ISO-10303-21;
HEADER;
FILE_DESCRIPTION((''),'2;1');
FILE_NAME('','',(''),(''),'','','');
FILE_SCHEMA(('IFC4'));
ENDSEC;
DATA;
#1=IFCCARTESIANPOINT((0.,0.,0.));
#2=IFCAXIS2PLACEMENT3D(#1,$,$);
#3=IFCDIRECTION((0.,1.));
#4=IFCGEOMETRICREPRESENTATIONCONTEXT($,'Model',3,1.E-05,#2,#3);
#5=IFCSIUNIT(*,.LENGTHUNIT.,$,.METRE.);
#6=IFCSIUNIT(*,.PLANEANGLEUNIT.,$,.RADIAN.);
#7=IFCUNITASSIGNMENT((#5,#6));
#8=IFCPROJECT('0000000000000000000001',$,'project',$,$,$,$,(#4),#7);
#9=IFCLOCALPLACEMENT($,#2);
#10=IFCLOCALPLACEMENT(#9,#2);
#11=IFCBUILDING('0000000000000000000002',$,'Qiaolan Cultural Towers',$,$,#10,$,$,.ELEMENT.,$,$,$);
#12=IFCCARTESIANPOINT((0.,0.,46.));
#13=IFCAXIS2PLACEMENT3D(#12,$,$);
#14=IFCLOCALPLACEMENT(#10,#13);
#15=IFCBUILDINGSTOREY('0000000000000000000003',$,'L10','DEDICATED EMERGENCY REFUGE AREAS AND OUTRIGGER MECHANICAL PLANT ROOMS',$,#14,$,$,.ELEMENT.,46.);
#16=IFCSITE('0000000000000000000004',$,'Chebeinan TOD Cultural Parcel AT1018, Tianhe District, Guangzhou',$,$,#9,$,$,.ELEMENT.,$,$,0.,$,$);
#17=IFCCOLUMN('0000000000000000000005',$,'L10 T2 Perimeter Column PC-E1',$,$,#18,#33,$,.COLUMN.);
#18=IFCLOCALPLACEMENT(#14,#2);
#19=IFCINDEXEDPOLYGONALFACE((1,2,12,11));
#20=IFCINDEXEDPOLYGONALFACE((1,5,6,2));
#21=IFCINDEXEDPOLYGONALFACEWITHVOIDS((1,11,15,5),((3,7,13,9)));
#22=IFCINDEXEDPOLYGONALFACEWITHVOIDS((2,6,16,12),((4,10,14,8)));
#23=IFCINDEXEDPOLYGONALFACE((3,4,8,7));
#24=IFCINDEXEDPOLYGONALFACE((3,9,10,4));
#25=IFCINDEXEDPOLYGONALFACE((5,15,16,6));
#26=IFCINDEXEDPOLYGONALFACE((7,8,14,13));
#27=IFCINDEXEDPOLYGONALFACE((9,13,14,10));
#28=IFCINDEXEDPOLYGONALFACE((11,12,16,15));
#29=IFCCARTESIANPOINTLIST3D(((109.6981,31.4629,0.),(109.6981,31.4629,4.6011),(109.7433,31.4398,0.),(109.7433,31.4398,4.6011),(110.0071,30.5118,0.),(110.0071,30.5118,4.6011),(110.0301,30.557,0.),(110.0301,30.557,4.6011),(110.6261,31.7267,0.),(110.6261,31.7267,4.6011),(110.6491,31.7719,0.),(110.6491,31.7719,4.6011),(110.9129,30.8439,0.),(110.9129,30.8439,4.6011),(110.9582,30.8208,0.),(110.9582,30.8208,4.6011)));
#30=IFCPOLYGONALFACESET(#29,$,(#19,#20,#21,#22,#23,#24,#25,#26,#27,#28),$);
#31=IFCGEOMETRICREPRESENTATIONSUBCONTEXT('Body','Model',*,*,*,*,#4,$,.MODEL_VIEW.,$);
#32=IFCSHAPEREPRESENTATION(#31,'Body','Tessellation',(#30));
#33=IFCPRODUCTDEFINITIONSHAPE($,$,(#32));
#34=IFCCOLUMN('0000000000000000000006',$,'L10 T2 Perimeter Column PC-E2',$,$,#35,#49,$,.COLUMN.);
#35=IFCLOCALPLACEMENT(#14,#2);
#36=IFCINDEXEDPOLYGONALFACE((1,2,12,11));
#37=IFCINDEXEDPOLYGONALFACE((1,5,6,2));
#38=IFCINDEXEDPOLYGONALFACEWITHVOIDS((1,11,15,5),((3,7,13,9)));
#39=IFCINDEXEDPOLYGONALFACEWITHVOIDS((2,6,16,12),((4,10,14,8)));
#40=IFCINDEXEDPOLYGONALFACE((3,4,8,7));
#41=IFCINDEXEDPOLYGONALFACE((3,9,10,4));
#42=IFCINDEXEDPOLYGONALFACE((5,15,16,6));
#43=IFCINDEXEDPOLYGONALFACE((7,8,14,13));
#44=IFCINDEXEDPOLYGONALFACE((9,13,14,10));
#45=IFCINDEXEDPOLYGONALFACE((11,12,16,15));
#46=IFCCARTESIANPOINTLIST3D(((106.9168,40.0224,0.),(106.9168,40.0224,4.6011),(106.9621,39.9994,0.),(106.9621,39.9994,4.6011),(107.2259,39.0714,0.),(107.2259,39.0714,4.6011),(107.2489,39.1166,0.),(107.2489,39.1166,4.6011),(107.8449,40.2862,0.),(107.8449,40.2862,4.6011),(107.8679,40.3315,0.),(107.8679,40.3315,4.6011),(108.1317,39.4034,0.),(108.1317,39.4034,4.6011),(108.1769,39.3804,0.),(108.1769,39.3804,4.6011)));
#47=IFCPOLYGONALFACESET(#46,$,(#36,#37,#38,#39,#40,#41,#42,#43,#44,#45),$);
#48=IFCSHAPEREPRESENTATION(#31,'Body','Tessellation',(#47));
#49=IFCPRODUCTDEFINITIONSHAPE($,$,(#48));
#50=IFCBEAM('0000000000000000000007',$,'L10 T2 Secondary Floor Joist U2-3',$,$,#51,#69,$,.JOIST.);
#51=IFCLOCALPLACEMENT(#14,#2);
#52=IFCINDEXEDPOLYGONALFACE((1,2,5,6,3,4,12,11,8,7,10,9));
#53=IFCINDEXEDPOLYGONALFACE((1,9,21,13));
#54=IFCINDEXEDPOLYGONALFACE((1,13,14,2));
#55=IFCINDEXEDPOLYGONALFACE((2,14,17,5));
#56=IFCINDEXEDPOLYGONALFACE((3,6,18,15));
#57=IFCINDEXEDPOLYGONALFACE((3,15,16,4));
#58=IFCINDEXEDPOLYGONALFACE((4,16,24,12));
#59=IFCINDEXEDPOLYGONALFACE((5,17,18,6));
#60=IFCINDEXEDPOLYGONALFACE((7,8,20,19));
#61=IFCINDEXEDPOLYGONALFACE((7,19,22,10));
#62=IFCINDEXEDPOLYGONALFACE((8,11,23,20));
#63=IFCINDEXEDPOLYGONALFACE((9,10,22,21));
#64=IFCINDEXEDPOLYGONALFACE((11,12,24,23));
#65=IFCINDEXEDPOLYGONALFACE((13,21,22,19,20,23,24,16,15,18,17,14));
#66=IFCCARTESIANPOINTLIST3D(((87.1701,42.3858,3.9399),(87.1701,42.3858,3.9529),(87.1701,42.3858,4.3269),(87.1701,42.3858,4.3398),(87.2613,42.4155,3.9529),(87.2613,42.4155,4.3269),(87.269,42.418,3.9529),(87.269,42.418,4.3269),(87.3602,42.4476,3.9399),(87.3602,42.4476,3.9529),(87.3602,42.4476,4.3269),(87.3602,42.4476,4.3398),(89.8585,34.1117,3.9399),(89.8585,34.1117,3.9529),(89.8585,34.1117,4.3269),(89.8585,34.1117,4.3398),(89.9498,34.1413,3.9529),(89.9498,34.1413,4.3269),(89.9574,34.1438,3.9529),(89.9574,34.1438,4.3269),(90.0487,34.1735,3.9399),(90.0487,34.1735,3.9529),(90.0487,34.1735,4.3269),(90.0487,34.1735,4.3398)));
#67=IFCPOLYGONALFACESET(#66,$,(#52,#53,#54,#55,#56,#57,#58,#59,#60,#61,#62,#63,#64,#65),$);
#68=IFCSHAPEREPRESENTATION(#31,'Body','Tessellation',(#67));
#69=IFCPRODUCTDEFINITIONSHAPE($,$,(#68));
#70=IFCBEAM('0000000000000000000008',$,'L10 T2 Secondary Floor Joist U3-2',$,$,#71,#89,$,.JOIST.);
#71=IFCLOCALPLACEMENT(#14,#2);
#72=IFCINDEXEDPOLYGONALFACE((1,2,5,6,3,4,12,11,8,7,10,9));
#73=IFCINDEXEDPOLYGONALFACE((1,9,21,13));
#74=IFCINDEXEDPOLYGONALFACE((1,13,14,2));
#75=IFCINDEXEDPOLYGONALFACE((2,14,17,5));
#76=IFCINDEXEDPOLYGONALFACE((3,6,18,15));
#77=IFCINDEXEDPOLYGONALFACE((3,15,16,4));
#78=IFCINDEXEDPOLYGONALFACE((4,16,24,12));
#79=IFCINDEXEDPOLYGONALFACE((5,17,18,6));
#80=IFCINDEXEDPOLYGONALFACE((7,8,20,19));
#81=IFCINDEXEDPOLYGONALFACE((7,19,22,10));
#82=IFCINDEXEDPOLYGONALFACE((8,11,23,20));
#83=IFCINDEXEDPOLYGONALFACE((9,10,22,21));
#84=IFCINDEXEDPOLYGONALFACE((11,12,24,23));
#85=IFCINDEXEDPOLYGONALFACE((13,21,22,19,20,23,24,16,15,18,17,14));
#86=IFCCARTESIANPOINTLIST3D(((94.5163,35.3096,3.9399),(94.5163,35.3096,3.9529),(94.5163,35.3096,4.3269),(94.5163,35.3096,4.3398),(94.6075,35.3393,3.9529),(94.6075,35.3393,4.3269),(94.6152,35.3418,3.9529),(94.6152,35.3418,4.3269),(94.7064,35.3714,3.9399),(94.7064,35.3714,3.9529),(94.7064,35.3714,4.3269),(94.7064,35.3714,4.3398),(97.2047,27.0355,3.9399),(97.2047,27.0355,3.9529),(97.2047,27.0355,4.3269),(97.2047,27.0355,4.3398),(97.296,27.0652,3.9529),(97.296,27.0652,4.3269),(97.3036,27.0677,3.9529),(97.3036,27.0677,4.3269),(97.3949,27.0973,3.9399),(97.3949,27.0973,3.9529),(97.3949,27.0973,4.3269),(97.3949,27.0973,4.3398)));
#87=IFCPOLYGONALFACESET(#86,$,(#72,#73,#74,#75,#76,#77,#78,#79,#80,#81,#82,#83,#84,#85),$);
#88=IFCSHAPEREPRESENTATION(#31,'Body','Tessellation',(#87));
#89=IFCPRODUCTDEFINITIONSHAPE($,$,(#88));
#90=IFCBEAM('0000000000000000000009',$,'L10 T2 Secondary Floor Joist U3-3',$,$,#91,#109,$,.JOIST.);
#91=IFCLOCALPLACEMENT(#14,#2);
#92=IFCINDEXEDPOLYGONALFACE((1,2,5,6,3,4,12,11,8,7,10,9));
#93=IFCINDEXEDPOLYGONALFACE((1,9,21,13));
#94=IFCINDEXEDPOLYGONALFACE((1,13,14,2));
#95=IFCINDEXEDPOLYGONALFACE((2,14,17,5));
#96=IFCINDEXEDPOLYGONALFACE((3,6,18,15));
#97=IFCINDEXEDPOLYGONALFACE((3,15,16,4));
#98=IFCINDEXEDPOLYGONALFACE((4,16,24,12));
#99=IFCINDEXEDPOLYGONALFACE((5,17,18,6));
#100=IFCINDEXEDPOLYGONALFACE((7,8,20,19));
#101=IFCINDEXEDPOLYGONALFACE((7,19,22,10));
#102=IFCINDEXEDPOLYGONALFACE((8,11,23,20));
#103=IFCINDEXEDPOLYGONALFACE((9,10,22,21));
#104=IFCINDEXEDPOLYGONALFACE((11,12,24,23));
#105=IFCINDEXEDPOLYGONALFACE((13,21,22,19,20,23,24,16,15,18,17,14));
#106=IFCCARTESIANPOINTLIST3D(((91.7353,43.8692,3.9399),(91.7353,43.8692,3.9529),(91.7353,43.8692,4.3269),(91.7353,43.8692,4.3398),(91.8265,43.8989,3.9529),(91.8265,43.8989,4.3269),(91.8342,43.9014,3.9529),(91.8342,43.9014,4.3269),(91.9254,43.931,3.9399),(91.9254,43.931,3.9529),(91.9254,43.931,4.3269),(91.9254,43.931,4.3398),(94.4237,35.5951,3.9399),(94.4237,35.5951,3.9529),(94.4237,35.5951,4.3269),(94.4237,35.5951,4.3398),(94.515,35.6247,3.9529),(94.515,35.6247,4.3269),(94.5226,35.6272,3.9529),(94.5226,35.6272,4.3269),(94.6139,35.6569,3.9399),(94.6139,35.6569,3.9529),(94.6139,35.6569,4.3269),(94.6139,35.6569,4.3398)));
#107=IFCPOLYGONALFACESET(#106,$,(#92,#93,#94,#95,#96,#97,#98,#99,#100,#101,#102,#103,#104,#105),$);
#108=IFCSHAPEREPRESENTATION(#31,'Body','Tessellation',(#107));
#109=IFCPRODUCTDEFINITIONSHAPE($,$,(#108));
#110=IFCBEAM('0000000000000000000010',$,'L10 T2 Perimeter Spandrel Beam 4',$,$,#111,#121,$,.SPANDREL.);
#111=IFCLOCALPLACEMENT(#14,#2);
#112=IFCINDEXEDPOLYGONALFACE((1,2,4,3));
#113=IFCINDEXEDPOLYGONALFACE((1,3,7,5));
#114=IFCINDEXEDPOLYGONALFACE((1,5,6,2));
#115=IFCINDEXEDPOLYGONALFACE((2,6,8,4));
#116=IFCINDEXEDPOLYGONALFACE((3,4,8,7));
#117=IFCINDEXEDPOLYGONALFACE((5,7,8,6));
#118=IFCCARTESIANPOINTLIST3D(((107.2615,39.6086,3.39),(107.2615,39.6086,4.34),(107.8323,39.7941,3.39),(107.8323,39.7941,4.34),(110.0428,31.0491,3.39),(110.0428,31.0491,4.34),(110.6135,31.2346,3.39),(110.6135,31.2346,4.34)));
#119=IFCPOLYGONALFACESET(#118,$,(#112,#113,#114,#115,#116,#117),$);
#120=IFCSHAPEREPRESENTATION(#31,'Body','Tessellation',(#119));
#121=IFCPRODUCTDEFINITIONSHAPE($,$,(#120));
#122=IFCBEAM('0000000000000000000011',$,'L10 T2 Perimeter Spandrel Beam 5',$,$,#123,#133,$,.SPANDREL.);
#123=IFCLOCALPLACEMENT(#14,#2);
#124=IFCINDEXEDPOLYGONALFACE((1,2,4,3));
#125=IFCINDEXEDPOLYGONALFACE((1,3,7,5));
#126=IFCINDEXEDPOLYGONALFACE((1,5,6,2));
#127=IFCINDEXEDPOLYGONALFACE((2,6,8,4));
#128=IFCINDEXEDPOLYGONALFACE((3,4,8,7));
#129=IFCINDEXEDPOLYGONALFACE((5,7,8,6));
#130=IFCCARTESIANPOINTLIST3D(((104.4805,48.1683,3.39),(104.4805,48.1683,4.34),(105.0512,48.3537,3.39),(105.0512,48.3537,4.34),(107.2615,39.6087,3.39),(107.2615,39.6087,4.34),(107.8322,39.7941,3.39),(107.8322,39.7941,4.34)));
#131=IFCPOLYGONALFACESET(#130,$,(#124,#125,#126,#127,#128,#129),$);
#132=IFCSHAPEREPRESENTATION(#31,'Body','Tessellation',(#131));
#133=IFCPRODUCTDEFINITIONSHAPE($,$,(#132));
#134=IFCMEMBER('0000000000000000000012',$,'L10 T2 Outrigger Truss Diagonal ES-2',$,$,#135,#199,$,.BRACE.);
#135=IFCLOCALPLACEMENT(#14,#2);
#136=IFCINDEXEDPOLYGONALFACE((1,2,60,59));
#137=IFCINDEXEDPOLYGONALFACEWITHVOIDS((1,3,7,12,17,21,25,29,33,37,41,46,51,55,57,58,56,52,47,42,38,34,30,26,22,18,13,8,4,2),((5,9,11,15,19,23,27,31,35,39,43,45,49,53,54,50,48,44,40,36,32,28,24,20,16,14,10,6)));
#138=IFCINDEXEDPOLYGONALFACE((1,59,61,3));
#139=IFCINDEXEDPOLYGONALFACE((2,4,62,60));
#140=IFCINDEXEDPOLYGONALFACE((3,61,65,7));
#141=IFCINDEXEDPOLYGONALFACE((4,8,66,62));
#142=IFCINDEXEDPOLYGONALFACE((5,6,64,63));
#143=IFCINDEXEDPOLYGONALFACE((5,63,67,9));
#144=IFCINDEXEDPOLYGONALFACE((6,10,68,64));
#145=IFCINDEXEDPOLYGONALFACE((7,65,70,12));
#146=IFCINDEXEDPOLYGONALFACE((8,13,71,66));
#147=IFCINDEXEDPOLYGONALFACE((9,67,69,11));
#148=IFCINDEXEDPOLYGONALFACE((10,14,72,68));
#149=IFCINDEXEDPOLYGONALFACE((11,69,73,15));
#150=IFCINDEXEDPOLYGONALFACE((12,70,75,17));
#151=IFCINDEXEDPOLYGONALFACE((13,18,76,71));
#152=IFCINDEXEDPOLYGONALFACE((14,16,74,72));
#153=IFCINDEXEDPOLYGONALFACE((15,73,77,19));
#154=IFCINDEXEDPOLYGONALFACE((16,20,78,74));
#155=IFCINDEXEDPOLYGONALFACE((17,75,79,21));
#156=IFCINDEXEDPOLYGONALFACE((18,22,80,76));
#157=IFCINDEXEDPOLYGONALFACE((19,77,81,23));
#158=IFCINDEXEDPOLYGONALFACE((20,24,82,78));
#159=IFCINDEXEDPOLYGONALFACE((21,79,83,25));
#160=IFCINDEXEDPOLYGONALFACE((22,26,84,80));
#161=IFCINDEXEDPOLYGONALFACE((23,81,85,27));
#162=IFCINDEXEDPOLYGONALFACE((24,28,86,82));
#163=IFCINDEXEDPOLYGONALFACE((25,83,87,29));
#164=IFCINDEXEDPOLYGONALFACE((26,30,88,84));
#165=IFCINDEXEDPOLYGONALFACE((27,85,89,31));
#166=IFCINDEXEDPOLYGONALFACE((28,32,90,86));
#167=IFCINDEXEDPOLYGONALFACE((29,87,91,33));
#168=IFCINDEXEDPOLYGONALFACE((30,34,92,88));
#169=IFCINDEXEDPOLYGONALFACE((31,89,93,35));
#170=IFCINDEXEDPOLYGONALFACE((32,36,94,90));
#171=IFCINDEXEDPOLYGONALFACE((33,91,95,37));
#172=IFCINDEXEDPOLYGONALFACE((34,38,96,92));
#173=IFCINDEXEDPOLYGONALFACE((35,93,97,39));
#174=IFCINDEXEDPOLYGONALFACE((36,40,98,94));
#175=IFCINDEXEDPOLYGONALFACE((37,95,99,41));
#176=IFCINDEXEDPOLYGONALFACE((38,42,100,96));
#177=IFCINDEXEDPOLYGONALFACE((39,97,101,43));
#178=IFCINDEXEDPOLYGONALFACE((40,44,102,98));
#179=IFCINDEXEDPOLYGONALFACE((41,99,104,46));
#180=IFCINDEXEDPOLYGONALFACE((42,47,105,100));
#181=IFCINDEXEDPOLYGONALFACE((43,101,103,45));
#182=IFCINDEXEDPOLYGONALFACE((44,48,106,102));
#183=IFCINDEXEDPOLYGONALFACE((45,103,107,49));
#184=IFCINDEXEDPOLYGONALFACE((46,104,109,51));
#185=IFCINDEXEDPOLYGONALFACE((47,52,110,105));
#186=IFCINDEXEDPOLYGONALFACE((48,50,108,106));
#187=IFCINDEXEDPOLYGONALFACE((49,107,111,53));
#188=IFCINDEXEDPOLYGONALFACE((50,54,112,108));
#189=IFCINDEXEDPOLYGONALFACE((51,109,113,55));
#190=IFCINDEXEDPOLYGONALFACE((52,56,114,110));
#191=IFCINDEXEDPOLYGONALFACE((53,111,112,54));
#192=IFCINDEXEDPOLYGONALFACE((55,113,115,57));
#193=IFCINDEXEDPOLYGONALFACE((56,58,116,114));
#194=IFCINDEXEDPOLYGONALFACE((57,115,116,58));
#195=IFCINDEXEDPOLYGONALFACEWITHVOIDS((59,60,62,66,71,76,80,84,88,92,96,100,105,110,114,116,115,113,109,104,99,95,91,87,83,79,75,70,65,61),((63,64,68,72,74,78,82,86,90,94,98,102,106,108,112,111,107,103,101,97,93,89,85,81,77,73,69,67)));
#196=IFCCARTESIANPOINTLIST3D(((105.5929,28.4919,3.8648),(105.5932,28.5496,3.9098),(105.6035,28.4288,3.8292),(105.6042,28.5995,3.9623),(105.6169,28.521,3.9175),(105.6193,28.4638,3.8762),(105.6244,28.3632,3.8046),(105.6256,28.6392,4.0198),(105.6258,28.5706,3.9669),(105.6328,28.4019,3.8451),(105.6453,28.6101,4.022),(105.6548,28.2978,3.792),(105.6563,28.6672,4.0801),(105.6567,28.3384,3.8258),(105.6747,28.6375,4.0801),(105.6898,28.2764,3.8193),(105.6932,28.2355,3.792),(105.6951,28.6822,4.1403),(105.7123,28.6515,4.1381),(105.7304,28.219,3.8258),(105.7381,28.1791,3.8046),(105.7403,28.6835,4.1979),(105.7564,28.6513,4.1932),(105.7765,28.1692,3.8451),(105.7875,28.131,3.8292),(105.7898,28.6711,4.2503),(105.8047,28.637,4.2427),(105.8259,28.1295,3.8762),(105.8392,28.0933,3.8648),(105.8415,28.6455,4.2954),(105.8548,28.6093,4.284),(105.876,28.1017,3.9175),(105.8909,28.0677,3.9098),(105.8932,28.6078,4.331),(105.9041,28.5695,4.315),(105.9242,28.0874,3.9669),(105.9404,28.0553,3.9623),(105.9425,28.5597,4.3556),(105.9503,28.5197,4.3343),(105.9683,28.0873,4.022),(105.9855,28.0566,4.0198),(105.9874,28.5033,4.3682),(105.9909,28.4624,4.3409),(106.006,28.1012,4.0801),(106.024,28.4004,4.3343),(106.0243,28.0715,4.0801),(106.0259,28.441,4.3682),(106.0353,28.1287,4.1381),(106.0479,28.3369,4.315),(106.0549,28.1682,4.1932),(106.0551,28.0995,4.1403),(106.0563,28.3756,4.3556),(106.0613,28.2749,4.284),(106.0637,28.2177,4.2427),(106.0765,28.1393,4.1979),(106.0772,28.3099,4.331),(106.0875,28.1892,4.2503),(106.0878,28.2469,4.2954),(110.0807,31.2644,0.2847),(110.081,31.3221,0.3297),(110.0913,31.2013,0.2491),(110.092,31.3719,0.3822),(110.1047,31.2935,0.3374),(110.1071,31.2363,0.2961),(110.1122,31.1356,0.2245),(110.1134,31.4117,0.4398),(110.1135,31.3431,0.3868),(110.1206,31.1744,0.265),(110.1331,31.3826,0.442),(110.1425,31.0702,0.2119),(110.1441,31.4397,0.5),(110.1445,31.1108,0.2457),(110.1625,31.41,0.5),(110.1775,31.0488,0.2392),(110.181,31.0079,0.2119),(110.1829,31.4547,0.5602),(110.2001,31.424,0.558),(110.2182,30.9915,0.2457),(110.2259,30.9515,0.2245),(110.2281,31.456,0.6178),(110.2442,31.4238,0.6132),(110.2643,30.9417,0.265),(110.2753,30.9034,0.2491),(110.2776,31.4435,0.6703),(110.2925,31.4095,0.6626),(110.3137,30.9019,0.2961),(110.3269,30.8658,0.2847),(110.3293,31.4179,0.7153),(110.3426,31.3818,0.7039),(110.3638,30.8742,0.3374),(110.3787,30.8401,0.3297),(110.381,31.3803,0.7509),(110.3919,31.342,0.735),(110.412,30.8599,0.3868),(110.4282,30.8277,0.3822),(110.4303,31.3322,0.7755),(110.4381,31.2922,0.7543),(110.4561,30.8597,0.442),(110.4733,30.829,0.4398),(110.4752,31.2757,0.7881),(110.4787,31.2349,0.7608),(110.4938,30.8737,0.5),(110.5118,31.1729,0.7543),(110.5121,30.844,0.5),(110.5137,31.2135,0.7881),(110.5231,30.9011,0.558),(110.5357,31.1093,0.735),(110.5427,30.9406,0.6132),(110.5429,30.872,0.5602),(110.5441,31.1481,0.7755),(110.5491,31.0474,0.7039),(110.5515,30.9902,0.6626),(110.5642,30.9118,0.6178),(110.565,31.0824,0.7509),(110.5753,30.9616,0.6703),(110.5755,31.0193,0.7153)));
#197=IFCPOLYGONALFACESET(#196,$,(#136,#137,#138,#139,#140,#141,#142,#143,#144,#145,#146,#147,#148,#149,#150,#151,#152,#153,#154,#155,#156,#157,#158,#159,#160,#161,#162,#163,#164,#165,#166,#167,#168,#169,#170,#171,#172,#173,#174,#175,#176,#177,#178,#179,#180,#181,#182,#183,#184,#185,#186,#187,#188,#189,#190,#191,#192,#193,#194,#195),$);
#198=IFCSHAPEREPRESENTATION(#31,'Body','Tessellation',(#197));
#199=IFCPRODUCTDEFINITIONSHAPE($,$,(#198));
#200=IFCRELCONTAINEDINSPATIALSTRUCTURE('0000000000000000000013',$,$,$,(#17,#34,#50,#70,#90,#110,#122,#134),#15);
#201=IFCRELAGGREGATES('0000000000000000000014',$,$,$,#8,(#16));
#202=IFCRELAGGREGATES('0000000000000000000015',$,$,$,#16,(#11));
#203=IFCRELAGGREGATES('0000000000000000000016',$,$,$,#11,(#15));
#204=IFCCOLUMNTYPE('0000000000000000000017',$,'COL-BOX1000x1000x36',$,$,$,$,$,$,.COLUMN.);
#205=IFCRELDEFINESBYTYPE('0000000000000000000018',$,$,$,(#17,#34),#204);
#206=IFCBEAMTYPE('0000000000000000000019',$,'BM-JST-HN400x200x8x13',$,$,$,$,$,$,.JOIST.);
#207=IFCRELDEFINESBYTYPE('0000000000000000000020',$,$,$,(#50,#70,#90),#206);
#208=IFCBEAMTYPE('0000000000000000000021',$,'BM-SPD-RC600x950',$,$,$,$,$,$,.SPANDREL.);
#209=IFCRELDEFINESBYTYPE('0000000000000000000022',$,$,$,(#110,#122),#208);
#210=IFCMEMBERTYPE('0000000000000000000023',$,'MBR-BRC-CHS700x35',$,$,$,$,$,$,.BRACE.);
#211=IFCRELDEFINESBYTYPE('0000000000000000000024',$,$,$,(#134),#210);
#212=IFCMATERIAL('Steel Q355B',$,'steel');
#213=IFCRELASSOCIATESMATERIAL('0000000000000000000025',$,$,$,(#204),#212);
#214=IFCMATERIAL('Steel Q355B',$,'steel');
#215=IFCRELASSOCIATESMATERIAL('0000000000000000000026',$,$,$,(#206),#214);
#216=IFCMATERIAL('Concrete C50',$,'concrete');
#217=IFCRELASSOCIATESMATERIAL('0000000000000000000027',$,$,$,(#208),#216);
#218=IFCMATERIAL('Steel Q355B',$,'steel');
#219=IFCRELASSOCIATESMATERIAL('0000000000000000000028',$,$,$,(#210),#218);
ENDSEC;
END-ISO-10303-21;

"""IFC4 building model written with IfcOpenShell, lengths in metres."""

from ifc_helpers import new_model, si_unit, direction, frame, origin, origin_2d, place, context, subcontext, project, spatial, rectangle, hollow_rectangle, hollow_circle, i_section, extrude, material, material_profile, profile_set, type_object, element, save


model = new_model("IFC4")

# Units and contexts
model_context = context("Model", 3, precision=1e-05, world=origin(), true_north=direction((0.0, 1.0)))
body_context = subcontext(model_context, "Body", "Model", "MODEL_VIEW")
ifc_project = project(units=[si_unit("LENGTHUNIT", "METRE"), si_unit("PLANEANGLEUNIT", "RADIAN")], contexts=[model_context])

# Site, building, storey
site_placement = place(None, origin())
site = spatial("IfcSite", under=ifc_project, at=site_placement, Name="Chebeinan TOD Cultural Parcel AT1018, Tianhe District, Guangzhou", CompositionType="ELEMENT", RefElevation=0.0)
building_placement = place(site_placement, origin())
building = spatial("IfcBuilding", under=site, at=building_placement, Name="Qiaolan Cultural Towers", CompositionType="ELEMENT")
storey_placement = place(building_placement, frame((0.0, 0.0, 46.0)))
storey = spatial("IfcBuildingStorey", under=building, at=storey_placement, Name="L10", Description="DEDICATED EMERGENCY REFUGE AREAS AND OUTRIGGER MECHANICAL PLANT ROOMS", CompositionType="ELEMENT", Elevation=46.0)

# Columns
ifc_material_1 = material(Name="Steel Q355B", Category="steel")
ifc_material_profile_1 = material_profile(ifc_material_1, hollow_rectangle(XDim=1.0, YDim=1.0, WallThickness=0.0359, at=origin_2d()), Name="BOX1000x1000x36")
ifc_profile_set_1 = profile_set([ifc_material_profile_1], Name="Steel Q355B")
column_type = type_object("IfcColumnType", Name="COL-BOX1000x1000x36", PredefinedType="COLUMN", material=ifc_profile_set_1)
for number, where, z_axis, x_axis, name in (
    (1, (110.3281, 31.1418, 0.0), (0.0, 0.0, 1.0), (0.951057, 0.309017, 0.0), "L10 T2 Perimeter Column PC-E1"),
    (2, (107.5469, 39.7014, 0.0), (0.0, 0.0, 1.0), (0.951057, 0.309017, 0.0), "L10 T2 Perimeter Column PC-E2"),
):
    element("IfcColumn", number, at=place(storey_placement, frame(where, z_axis=z_axis, x_axis=x_axis)), inside=storey, type_object=column_type, Name=name, PredefinedType="COLUMN", context=body_context, shape_type="SweptSolid", body=[
        extrude(hollow_rectangle(XDim=1.0, YDim=1.0, WallThickness=0.0359, at=origin_2d()), origin(), (0.0, 0.0, 1.0), 4.6011),
    ])

# Beams
ifc_material_2 = material(Name="Steel Q355B", Category="steel")
ifc_material_profile_2 = material_profile(ifc_material_2, i_section(OverallWidth=0.2, OverallDepth=0.3999, WebThickness=0.0081, FlangeThickness=0.0129, at=origin_2d()), Name="HN400x200x8x13")
ifc_profile_set_2 = profile_set([ifc_material_profile_2], Name="Steel Q355B")
beam_type_1 = type_object("IfcBeamType", Name="BM-JST-HN400x200x8x13", PredefinedType="JOIST", material=ifc_profile_set_2)
for number, where, z_axis, x_axis, name in (
    (3, (89.9536, 34.1426, 4.1399), (-0.309021, 0.951055, 0.0), (-0.951055, -0.309021, 0.0), "L10 T2 Secondary Floor Joist U2-3"),
    (4, (97.2998, 27.0664, 4.1399), (-0.309021, 0.951055, 0.0), (-0.951055, -0.309021, 0.0), "L10 T2 Secondary Floor Joist U3-2"),
    (5, (94.5188, 35.626, 4.1399), (-0.309021, 0.951055, 0.0), (-0.951055, -0.309021, 0.0), "L10 T2 Secondary Floor Joist U3-3"),
):
    element("IfcBeam", number, at=place(storey_placement, frame(where, z_axis=z_axis, x_axis=x_axis)), inside=storey, type_object=beam_type_1, Name=name, PredefinedType="JOIST", context=body_context, shape_type="SweptSolid", body=[
        extrude(i_section(OverallWidth=0.2, OverallDepth=0.3999, WebThickness=0.0081, FlangeThickness=0.0129, at=origin_2d()), origin(), (0.0, 0.0, 1.0), 8.7),
    ])
ifc_material_3 = material(Name="Concrete C50", Category="concrete")
ifc_material_profile_3 = material_profile(ifc_material_3, rectangle(XDim=0.6001, YDim=0.95, at=origin_2d()), Name="RC600x950")
ifc_profile_set_3 = profile_set([ifc_material_profile_3], Name="Concrete C50")
beam_type_2 = type_object("IfcBeamType", Name="BM-SPD-RC600x950", PredefinedType="SPANDREL", material=ifc_profile_set_3)
for number, where, z_axis, x_axis, name in (
    (6, (110.3281, 31.1418, 3.865), (-0.309025, 0.951054, 0.0), (-0.951054, -0.309025, 0.0), "L10 T2 Perimeter Spandrel Beam 4"),
    (7, (107.5469, 39.7014, 3.865), (-0.309, 0.951062, 0.0), (-0.951062, -0.309, 0.0), "L10 T2 Perimeter Spandrel Beam 5"),
):
    element("IfcBeam", number, at=place(storey_placement, frame(where, z_axis=z_axis, x_axis=x_axis)), inside=storey, type_object=beam_type_2, Name=name, PredefinedType="SPANDREL", context=body_context, shape_type="SweptSolid", body=[
        extrude(rectangle(XDim=0.6001, YDim=0.95, at=origin_2d()), origin(), (0.0, 0.0, 1.0), 9.0),
    ])

# Member
ifc_material_4 = material(Name="Steel Q355B", Category="steel")
ifc_material_profile_4 = material_profile(ifc_material_4, hollow_circle(Radius=0.3501, WallThickness=0.0349, at=origin_2d()), Name="CHS700x35")
ifc_profile_set_4 = profile_set([ifc_material_profile_4], Name="Steel Q355B")
member_type_1 = type_object("IfcMemberType", Name="MBR-BRC-CHS700x35", PredefinedType="BRACE", material=ifc_profile_set_4)
member_1_placement = place(storey_placement, frame((105.8403, 28.3694, 4.0801), z_axis=(0.70394, 0.434879, -0.561559), x_axis=(-0.525574, 0.850748, 0.0)))
element("IfcMember", 8, at=member_1_placement, inside=storey, type_object=member_type_1, Name="L10 T2 Outrigger Truss Diagonal ES-2", PredefinedType="BRACE", context=body_context, shape_type="SweptSolid", body=[
    extrude(hollow_circle(Radius=0.3501, WallThickness=0.0349, at=origin_2d()), origin(), (0.0, 0.0, 1.0), 6.3752),
])

save(model, "model.ifc")
